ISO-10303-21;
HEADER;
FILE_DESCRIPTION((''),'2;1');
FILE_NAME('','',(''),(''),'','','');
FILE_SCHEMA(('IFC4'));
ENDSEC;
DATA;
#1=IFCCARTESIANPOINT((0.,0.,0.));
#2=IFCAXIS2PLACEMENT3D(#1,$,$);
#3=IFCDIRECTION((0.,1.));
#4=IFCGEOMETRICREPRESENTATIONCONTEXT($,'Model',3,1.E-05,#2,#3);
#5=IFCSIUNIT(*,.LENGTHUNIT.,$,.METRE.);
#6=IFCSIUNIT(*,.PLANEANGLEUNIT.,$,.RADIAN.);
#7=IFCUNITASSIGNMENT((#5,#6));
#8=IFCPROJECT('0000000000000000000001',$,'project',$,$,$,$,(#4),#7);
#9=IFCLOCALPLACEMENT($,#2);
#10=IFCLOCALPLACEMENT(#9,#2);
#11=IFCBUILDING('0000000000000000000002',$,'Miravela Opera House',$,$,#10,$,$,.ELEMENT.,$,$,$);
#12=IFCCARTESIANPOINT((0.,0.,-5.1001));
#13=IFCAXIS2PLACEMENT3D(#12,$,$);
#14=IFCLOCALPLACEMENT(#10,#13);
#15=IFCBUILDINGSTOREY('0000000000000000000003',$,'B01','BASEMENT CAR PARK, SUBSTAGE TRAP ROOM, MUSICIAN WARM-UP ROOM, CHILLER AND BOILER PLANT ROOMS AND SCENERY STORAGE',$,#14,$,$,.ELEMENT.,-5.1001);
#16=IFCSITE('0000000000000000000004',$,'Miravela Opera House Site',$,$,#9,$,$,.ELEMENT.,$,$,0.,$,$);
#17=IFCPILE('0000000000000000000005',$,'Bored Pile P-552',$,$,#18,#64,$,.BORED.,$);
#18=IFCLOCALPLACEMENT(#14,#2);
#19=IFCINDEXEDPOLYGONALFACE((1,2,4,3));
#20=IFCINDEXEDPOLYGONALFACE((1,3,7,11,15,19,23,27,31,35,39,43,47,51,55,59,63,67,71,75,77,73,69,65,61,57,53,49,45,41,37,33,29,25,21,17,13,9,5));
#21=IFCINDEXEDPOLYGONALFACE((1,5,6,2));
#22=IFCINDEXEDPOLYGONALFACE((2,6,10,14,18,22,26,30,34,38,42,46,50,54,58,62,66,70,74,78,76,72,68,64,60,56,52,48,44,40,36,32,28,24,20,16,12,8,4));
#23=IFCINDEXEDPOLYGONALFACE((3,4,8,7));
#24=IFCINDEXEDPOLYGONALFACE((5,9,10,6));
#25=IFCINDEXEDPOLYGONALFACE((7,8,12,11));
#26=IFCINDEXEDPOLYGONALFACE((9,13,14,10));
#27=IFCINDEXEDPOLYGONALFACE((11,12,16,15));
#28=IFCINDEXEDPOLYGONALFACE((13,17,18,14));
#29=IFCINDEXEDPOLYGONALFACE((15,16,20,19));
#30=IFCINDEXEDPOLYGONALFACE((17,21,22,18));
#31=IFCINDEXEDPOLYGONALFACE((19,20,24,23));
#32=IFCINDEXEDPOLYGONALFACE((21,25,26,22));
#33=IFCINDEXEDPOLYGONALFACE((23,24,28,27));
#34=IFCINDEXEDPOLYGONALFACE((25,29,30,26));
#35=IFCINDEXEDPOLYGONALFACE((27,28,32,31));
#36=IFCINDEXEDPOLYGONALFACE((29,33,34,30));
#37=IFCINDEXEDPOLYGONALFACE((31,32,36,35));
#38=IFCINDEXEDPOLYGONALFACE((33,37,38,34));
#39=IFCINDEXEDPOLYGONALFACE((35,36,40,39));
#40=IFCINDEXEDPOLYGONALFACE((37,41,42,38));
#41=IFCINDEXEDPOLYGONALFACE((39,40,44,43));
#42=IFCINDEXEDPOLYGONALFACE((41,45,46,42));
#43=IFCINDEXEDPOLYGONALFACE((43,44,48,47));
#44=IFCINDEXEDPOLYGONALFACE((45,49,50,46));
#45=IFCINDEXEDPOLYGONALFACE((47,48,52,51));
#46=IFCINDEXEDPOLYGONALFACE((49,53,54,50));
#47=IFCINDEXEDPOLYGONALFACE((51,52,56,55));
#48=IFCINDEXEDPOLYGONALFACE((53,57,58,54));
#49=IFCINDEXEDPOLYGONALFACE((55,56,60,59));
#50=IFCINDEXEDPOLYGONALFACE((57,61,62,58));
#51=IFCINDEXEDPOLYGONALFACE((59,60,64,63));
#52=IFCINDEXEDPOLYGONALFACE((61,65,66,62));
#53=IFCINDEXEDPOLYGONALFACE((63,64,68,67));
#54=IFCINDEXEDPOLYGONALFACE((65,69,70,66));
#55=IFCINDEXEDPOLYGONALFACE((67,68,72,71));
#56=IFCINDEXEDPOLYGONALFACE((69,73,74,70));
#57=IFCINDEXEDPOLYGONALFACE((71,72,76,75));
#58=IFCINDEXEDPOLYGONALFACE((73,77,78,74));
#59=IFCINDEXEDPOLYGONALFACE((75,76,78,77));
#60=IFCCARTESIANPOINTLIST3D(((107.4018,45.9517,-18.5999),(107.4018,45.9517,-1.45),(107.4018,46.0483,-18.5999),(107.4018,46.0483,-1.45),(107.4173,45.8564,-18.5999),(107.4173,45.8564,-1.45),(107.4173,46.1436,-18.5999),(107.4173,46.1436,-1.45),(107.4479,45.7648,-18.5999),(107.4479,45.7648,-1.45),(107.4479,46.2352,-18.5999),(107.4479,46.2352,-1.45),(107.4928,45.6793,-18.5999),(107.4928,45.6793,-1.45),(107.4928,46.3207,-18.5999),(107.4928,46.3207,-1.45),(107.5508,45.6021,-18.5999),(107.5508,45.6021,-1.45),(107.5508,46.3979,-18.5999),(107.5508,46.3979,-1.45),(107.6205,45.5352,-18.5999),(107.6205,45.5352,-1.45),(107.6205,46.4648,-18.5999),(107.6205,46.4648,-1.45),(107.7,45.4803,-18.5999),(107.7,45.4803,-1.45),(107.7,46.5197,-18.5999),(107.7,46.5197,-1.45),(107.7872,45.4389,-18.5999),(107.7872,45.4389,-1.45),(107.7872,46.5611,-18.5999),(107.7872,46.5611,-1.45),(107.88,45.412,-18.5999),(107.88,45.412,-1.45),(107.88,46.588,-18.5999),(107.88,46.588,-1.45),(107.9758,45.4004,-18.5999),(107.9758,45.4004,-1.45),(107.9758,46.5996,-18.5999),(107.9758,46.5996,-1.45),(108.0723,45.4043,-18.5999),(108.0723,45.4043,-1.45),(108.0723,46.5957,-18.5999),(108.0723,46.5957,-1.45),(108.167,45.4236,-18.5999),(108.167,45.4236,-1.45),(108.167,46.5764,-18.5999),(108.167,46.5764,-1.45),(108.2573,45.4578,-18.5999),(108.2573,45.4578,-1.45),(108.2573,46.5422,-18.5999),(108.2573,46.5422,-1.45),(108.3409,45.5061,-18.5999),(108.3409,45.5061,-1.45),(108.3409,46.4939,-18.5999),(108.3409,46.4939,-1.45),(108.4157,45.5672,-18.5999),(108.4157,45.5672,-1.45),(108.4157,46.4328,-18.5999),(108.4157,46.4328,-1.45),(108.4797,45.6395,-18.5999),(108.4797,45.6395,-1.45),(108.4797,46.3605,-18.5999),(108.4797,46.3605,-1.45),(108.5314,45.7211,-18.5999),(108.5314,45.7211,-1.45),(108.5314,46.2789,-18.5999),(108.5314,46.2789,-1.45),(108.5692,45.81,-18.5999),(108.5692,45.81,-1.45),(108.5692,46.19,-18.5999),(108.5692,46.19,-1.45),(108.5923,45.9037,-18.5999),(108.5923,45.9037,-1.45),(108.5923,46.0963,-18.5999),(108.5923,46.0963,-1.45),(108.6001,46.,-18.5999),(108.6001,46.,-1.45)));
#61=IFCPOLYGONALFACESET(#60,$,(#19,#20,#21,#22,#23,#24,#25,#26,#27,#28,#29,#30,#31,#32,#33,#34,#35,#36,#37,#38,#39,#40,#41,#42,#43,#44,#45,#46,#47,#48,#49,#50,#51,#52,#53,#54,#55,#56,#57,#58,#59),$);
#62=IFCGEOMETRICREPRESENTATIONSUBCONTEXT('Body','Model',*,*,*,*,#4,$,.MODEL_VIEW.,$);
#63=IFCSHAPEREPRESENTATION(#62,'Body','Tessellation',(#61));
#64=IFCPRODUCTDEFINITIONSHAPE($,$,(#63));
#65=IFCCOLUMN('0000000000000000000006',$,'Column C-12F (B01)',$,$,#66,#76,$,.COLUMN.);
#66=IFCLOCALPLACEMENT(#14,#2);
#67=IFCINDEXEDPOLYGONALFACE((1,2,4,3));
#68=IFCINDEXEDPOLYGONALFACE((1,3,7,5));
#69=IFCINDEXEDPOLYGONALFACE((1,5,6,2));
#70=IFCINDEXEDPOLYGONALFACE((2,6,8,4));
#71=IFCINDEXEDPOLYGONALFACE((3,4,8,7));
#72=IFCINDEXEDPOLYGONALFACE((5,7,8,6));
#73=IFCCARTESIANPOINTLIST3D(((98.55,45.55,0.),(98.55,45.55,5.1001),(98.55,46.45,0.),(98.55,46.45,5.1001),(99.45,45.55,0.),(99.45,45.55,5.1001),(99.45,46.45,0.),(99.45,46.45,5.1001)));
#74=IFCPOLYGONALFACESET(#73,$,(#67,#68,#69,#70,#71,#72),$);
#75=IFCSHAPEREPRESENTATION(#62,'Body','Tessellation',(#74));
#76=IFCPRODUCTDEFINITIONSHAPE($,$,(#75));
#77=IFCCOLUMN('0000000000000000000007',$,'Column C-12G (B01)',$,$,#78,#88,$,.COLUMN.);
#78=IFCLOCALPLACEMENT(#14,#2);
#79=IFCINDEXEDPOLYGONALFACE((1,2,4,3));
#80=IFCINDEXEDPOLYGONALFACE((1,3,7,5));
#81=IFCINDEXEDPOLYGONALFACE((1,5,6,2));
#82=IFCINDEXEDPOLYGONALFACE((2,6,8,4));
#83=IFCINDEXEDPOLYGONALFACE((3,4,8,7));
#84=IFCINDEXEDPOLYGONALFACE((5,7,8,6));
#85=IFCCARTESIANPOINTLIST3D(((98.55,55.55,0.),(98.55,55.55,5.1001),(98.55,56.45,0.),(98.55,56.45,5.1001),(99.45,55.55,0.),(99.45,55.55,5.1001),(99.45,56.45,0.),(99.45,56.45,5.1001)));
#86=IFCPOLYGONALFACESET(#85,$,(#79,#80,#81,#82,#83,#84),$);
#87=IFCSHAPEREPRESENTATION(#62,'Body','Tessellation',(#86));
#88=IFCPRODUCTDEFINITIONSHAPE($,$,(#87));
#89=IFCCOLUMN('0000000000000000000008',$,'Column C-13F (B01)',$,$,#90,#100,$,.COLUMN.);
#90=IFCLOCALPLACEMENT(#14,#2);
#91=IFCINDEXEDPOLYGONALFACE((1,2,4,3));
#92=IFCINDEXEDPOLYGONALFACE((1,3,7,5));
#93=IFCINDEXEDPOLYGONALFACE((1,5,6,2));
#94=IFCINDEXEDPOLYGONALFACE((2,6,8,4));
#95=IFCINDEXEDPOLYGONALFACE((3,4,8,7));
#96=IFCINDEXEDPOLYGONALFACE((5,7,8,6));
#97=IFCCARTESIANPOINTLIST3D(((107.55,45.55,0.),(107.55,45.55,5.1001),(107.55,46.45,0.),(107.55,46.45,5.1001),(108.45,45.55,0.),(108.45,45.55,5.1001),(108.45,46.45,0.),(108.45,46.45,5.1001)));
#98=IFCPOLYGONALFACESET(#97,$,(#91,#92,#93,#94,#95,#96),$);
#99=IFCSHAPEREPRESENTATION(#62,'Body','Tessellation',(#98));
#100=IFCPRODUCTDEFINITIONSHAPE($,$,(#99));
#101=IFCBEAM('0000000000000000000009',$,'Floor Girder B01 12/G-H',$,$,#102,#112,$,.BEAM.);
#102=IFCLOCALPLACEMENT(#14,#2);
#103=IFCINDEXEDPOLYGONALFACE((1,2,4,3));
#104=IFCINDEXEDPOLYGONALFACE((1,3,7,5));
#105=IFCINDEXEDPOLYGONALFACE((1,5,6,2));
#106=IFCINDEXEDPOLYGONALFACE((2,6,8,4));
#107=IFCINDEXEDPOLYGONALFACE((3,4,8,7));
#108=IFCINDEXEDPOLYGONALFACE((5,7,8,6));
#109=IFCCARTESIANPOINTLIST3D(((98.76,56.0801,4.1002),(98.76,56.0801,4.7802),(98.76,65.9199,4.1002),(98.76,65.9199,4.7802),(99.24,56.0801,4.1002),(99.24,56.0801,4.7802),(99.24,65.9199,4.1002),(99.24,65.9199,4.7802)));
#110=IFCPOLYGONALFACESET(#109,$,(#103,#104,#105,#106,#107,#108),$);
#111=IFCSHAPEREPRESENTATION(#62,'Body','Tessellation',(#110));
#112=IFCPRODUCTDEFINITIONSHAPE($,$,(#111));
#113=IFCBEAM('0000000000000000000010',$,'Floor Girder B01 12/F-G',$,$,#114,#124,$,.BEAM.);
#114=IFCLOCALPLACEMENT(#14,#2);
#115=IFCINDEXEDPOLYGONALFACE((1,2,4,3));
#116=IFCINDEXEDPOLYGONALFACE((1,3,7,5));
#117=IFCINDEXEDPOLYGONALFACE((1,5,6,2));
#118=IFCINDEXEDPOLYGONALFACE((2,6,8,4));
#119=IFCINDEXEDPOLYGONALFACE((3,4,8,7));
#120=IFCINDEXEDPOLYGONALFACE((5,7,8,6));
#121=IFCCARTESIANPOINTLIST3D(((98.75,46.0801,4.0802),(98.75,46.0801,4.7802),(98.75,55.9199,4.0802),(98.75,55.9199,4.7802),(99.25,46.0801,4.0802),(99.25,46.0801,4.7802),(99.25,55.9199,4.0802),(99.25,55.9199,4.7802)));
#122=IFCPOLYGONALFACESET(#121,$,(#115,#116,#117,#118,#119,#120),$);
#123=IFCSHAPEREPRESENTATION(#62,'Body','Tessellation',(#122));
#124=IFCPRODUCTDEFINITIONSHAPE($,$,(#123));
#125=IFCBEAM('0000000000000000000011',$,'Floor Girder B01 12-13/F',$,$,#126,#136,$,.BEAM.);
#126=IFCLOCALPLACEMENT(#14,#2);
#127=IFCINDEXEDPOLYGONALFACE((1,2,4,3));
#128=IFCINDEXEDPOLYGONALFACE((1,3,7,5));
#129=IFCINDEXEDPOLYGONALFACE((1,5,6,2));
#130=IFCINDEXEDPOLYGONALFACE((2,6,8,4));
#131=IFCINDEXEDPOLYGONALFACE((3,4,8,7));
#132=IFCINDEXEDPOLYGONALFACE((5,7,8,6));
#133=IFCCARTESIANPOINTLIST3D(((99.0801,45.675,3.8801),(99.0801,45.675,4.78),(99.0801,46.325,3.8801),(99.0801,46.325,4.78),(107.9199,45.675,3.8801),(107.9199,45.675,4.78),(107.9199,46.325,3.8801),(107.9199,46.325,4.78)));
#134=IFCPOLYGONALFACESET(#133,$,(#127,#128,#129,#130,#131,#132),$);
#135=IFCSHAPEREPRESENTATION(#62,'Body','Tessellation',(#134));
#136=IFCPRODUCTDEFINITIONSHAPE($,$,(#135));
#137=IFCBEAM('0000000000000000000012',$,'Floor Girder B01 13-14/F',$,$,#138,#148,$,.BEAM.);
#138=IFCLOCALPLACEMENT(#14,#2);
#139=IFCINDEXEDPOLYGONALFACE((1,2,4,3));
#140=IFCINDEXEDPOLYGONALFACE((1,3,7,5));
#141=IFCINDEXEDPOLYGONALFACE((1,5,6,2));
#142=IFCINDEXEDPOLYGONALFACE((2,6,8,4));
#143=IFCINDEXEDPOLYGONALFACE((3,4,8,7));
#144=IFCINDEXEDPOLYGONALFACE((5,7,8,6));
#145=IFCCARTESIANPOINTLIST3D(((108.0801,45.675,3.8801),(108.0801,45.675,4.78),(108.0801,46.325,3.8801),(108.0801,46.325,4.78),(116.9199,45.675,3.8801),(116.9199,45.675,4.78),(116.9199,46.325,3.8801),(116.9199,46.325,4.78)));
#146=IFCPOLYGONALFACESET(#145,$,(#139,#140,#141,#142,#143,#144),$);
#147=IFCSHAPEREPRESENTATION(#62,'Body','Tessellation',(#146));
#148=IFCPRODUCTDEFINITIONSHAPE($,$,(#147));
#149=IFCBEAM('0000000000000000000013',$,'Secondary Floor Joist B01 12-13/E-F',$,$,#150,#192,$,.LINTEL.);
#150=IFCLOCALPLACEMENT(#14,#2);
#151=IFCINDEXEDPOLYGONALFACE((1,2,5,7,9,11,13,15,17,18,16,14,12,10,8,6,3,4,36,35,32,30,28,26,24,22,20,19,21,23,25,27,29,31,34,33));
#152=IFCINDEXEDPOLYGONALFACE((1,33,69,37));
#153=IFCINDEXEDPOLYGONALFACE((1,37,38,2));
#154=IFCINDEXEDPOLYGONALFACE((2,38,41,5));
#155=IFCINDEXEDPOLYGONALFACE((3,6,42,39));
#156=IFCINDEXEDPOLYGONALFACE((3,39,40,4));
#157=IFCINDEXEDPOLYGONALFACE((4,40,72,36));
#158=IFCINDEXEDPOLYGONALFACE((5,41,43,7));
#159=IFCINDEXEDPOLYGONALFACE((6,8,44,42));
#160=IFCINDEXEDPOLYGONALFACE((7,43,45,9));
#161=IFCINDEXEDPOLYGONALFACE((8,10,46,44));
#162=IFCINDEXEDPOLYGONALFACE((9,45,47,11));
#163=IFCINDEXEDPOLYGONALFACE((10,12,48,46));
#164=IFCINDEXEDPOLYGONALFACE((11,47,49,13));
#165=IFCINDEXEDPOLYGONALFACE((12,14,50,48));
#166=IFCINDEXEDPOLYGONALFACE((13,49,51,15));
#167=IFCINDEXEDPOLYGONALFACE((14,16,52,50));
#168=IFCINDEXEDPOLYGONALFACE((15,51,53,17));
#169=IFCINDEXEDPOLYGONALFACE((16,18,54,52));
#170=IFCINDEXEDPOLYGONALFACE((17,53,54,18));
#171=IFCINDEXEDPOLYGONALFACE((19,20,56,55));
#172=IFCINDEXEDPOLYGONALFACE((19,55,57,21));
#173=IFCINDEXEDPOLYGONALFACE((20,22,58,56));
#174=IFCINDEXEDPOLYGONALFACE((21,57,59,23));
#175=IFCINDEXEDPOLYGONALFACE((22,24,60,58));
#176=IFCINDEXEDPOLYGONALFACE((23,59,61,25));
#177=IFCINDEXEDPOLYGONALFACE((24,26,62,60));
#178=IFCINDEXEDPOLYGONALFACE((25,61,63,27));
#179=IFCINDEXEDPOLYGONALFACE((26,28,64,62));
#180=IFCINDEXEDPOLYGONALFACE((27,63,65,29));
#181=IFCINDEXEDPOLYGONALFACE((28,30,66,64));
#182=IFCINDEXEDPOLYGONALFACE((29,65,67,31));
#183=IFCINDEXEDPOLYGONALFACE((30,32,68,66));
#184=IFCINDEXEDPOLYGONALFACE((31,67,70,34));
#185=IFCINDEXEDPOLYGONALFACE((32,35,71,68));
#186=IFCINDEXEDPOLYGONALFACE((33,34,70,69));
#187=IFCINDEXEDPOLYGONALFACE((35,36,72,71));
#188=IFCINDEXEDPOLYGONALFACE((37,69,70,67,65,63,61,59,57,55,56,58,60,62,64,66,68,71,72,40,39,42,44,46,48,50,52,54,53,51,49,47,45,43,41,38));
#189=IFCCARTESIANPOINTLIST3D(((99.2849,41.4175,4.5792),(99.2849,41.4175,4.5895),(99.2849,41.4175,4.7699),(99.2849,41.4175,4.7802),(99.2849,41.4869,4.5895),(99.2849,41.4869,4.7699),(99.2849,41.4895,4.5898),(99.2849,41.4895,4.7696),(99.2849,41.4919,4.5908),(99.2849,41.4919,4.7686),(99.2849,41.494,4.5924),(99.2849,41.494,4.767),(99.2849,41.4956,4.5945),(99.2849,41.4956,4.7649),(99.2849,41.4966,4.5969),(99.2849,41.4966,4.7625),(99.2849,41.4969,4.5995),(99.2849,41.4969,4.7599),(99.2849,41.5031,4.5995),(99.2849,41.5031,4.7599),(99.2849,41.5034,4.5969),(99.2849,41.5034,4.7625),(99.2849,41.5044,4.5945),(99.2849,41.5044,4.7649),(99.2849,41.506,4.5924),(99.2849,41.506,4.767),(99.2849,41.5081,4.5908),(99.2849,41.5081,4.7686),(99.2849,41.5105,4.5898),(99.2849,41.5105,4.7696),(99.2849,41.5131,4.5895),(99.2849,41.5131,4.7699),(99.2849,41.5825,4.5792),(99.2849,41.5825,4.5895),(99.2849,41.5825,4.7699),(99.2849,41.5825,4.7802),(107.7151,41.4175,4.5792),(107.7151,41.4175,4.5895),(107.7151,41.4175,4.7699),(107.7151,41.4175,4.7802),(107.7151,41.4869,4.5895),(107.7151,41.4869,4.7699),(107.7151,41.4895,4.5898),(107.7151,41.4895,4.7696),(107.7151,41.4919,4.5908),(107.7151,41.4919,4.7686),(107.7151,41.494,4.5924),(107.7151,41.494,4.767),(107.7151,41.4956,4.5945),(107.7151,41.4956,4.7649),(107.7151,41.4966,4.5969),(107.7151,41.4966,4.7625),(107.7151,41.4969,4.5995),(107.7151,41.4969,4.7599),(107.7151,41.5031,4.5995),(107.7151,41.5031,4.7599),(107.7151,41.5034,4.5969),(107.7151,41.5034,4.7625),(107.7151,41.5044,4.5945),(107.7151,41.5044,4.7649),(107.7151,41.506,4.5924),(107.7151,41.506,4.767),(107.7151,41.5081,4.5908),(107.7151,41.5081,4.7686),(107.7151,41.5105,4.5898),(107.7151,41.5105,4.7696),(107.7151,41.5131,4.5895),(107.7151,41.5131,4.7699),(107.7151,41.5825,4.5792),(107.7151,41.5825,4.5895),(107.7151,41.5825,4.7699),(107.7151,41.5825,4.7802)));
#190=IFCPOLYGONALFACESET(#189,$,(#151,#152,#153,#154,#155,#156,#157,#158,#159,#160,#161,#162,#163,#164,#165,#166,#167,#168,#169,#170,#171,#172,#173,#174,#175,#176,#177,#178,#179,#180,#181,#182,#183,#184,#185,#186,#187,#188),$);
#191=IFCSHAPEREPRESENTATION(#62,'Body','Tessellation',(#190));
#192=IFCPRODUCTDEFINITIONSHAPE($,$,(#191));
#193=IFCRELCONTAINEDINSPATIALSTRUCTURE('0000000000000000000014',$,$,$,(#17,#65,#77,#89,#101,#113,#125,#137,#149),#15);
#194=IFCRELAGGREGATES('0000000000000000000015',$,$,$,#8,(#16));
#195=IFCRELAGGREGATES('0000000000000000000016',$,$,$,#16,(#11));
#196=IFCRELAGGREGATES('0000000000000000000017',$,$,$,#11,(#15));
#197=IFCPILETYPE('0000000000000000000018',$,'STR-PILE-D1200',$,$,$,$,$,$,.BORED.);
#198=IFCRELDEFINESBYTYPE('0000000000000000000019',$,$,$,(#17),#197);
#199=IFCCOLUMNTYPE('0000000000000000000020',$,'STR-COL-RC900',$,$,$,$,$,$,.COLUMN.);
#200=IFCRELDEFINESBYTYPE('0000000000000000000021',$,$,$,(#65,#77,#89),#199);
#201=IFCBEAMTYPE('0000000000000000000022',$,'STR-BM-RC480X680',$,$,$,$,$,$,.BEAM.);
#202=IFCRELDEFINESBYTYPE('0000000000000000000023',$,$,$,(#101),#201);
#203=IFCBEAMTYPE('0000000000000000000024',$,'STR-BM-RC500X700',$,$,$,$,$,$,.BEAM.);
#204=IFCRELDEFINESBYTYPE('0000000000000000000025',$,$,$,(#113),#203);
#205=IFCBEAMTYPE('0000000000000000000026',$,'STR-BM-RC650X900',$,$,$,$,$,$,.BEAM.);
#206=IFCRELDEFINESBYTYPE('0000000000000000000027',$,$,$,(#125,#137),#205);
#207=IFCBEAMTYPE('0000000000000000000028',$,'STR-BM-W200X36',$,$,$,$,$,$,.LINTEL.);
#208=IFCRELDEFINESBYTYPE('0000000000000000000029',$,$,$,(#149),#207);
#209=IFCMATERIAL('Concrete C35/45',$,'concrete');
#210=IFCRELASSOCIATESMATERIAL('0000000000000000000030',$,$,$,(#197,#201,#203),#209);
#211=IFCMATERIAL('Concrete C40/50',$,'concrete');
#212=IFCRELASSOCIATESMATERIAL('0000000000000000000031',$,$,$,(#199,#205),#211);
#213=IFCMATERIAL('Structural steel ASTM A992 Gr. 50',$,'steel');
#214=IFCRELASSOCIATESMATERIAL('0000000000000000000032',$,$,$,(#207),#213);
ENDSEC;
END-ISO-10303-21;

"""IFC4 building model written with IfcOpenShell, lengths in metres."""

from ifc_helpers import new_model, si_unit, direction, frame, origin, origin_2d, place, context, subcontext, project, spatial, rectangle, circle, i_section, extrude, material, material_profile, profile_set, type_object, element, save


model = new_model("IFC4")

# Units and contexts
model_context = context("Model", 3, precision=1e-05, world=origin(), true_north=direction((0.0, 1.0)))
body_context = subcontext(model_context, "Body", "Model", "MODEL_VIEW")
ifc_project = project(units=[si_unit("LENGTHUNIT", "METRE"), si_unit("PLANEANGLEUNIT", "RADIAN")], contexts=[model_context])

# Site, building, storey
site_placement = place(None, origin())
site = spatial("IfcSite", under=ifc_project, at=site_placement, Name="Miravela Opera House Site", CompositionType="ELEMENT", RefElevation=0.0)
building_placement = place(site_placement, origin())
building = spatial("IfcBuilding", under=site, at=building_placement, Name="Miravela Opera House", CompositionType="ELEMENT")
storey_placement = place(building_placement, frame((0.0, 0.0, -5.1001)))
storey = spatial("IfcBuildingStorey", under=building, at=storey_placement, Name="B01", Description="BASEMENT CAR PARK, SUBSTAGE TRAP ROOM, MUSICIAN WARM-UP ROOM, CHILLER AND BOILER PLANT ROOMS AND SCENERY STORAGE", CompositionType="ELEMENT", Elevation=-5.1001)

# Shared definitions
ifc_material_1 = material(Name="Concrete C35/45", Category="concrete")

# Pile
ifc_material_profile_1 = material_profile(ifc_material_1, circle(Radius=0.6001, at=origin_2d()), Name="PILE-D1200")
ifc_profile_set_1 = profile_set([ifc_material_profile_1])
pile_type_1 = type_object("IfcPileType", Name="STR-PILE-D1200", PredefinedType="BORED", material=ifc_profile_set_1)
for number, where, z_axis, x_axis, name in (
    (1, (108.0, 46.0, -1.45), (0.0, 0.0, -1.0), (1.0, 0.0, 0.0), "Bored Pile P-552"),
):
    element("IfcPile", number, at=place(storey_placement, frame(where, z_axis=z_axis, x_axis=x_axis)), inside=storey, type_object=pile_type_1, Name=name, PredefinedType="BORED", context=body_context, shape_type="SweptSolid", body=[
        extrude(circle(Radius=0.6001, at=origin_2d()), origin(), (0.0, 0.0, 1.0), 17.1499),
    ])

# Columns
ifc_material_2 = material(Name="Concrete C40/50", Category="concrete")
ifc_material_profile_2 = material_profile(ifc_material_2, rectangle(XDim=0.8999, YDim=0.8999, at=origin_2d()), Name="RC-COL-900X900")
ifc_profile_set_2 = profile_set([ifc_material_profile_2])
column_type = type_object("IfcColumnType", Name="STR-COL-RC900", PredefinedType="COLUMN", material=ifc_profile_set_2)
for number, where, z_axis, x_axis, name in (
    (2, (99.0, 46.0, 0.0), (0.0, 0.0, 1.0), (1.0, 0.0, 0.0), "Column C-12F (B01)"),
    (3, (99.0, 56.0, 0.0), (0.0, 0.0, 1.0), (1.0, 0.0, 0.0), "Column C-12G (B01)"),
    (4, (108.0, 46.0, 0.0), (0.0, 0.0, 1.0), (1.0, 0.0, 0.0), "Column C-13F (B01)"),
):
    element("IfcColumn", number, at=place(storey_placement, frame(where, z_axis=z_axis, x_axis=x_axis)), inside=storey, type_object=column_type, Name=name, PredefinedType="COLUMN", context=body_context, shape_type="SweptSolid", body=[
        extrude(rectangle(XDim=0.8999, YDim=0.8999, at=origin_2d()), origin(), (0.0, 0.0, 1.0), 5.1001),
    ])

# Beams
ifc_material_profile_3 = material_profile(ifc_material_1, rectangle(XDim=0.48, YDim=0.6799, at=origin_2d()), Name="RC-BM-480X680")
ifc_profile_set_3 = profile_set([ifc_material_profile_3])
beam_type_1 = type_object("IfcBeamType", Name="STR-BM-RC480X680", PredefinedType="BEAM", material=ifc_profile_set_3)
beam_1_placement = place(storey_placement, frame((99.0, 56.0801, 4.4402), z_axis=(0.0, 1.0, 0.0), x_axis=(-1.0, 0.0, 0.0)))
element("IfcBeam", 5, at=beam_1_placement, inside=storey, type_object=beam_type_1, Name="Floor Girder B01 12/G-H", PredefinedType="BEAM", context=body_context, shape_type="SweptSolid", body=[
    extrude(rectangle(XDim=0.48, YDim=0.6799, at=origin_2d()), origin(), (0.0, 0.0, 1.0), 9.8398),
])
ifc_material_profile_4 = material_profile(ifc_material_1, rectangle(XDim=0.5, YDim=0.7, at=origin_2d()), Name="RC-BM-500X700")
ifc_profile_set_4 = profile_set([ifc_material_profile_4])
beam_type_2 = type_object("IfcBeamType", Name="STR-BM-RC500X700", PredefinedType="BEAM", material=ifc_profile_set_4)
beam_2_placement = place(storey_placement, frame((99.0, 46.0801, 4.4302), z_axis=(0.0, 1.0, 0.0), x_axis=(-1.0, 0.0, 0.0)))
element("IfcBeam", 6, at=beam_2_placement, inside=storey, type_object=beam_type_2, Name="Floor Girder B01 12/F-G", PredefinedType="BEAM", context=body_context, shape_type="SweptSolid", body=[
    extrude(rectangle(XDim=0.5, YDim=0.7, at=origin_2d()), origin(), (0.0, 0.0, 1.0), 9.8398),
])
ifc_material_profile_5 = material_profile(ifc_material_2, rectangle(XDim=0.6499, YDim=0.8999, at=origin_2d()), Name="RC-BM-650X900")
ifc_profile_set_5 = profile_set([ifc_material_profile_5])
beam_type_3 = type_object("IfcBeamType", Name="STR-BM-RC650X900", PredefinedType="BEAM", material=ifc_profile_set_5)
for number, where, z_axis, x_axis, name in (
    (7, (99.0801, 46.0, 4.3301), (1.0, 0.0, 0.0), (0.0, 1.0, 0.0), "Floor Girder B01 12-13/F"),
    (8, (108.0801, 46.0, 4.3301), (1.0, 0.0, 0.0), (0.0, 1.0, 0.0), "Floor Girder B01 13-14/F"),
):
    element("IfcBeam", number, at=place(storey_placement, frame(where, z_axis=z_axis, x_axis=x_axis)), inside=storey, type_object=beam_type_3, Name=name, PredefinedType="BEAM", context=body_context, shape_type="SweptSolid", body=[
        extrude(rectangle(XDim=0.6499, YDim=0.8999, at=origin_2d()), origin(), (0.0, 0.0, 1.0), 8.8398),
    ])
ifc_material_3 = material(Name="Structural steel ASTM A992 Gr. 50", Category="steel")
ifc_material_profile_6 = material_profile(ifc_material_3, i_section(OverallWidth=0.165, OverallDepth=0.2009, WebThickness=0.0061, FlangeThickness=0.0103, FilletRadius=0.01, at=origin_2d()), Name="W200X36")
ifc_profile_set_6 = profile_set([ifc_material_profile_6])
beam_type_4 = type_object("IfcBeamType", Name="STR-BM-W200X36", PredefinedType="LINTEL", material=ifc_profile_set_6)
beam_3_placement = place(storey_placement, frame((99.2849, 41.5, 4.6797), z_axis=(1.0, 0.0, 0.0), x_axis=(0.0, 1.0, 0.0)))
element("IfcBeam", 9, at=beam_3_placement, inside=storey, type_object=beam_type_4, Name="Secondary Floor Joist B01 12-13/E-F", PredefinedType="LINTEL", context=body_context, shape_type="SweptSolid", body=[
    extrude(i_section(OverallWidth=0.165, OverallDepth=0.2009, WebThickness=0.0061, FlangeThickness=0.0103, FilletRadius=0.01, at=origin_2d()), origin(), (0.0, 0.0, 1.0), 8.4302),
])

save(model, "model.ifc")
